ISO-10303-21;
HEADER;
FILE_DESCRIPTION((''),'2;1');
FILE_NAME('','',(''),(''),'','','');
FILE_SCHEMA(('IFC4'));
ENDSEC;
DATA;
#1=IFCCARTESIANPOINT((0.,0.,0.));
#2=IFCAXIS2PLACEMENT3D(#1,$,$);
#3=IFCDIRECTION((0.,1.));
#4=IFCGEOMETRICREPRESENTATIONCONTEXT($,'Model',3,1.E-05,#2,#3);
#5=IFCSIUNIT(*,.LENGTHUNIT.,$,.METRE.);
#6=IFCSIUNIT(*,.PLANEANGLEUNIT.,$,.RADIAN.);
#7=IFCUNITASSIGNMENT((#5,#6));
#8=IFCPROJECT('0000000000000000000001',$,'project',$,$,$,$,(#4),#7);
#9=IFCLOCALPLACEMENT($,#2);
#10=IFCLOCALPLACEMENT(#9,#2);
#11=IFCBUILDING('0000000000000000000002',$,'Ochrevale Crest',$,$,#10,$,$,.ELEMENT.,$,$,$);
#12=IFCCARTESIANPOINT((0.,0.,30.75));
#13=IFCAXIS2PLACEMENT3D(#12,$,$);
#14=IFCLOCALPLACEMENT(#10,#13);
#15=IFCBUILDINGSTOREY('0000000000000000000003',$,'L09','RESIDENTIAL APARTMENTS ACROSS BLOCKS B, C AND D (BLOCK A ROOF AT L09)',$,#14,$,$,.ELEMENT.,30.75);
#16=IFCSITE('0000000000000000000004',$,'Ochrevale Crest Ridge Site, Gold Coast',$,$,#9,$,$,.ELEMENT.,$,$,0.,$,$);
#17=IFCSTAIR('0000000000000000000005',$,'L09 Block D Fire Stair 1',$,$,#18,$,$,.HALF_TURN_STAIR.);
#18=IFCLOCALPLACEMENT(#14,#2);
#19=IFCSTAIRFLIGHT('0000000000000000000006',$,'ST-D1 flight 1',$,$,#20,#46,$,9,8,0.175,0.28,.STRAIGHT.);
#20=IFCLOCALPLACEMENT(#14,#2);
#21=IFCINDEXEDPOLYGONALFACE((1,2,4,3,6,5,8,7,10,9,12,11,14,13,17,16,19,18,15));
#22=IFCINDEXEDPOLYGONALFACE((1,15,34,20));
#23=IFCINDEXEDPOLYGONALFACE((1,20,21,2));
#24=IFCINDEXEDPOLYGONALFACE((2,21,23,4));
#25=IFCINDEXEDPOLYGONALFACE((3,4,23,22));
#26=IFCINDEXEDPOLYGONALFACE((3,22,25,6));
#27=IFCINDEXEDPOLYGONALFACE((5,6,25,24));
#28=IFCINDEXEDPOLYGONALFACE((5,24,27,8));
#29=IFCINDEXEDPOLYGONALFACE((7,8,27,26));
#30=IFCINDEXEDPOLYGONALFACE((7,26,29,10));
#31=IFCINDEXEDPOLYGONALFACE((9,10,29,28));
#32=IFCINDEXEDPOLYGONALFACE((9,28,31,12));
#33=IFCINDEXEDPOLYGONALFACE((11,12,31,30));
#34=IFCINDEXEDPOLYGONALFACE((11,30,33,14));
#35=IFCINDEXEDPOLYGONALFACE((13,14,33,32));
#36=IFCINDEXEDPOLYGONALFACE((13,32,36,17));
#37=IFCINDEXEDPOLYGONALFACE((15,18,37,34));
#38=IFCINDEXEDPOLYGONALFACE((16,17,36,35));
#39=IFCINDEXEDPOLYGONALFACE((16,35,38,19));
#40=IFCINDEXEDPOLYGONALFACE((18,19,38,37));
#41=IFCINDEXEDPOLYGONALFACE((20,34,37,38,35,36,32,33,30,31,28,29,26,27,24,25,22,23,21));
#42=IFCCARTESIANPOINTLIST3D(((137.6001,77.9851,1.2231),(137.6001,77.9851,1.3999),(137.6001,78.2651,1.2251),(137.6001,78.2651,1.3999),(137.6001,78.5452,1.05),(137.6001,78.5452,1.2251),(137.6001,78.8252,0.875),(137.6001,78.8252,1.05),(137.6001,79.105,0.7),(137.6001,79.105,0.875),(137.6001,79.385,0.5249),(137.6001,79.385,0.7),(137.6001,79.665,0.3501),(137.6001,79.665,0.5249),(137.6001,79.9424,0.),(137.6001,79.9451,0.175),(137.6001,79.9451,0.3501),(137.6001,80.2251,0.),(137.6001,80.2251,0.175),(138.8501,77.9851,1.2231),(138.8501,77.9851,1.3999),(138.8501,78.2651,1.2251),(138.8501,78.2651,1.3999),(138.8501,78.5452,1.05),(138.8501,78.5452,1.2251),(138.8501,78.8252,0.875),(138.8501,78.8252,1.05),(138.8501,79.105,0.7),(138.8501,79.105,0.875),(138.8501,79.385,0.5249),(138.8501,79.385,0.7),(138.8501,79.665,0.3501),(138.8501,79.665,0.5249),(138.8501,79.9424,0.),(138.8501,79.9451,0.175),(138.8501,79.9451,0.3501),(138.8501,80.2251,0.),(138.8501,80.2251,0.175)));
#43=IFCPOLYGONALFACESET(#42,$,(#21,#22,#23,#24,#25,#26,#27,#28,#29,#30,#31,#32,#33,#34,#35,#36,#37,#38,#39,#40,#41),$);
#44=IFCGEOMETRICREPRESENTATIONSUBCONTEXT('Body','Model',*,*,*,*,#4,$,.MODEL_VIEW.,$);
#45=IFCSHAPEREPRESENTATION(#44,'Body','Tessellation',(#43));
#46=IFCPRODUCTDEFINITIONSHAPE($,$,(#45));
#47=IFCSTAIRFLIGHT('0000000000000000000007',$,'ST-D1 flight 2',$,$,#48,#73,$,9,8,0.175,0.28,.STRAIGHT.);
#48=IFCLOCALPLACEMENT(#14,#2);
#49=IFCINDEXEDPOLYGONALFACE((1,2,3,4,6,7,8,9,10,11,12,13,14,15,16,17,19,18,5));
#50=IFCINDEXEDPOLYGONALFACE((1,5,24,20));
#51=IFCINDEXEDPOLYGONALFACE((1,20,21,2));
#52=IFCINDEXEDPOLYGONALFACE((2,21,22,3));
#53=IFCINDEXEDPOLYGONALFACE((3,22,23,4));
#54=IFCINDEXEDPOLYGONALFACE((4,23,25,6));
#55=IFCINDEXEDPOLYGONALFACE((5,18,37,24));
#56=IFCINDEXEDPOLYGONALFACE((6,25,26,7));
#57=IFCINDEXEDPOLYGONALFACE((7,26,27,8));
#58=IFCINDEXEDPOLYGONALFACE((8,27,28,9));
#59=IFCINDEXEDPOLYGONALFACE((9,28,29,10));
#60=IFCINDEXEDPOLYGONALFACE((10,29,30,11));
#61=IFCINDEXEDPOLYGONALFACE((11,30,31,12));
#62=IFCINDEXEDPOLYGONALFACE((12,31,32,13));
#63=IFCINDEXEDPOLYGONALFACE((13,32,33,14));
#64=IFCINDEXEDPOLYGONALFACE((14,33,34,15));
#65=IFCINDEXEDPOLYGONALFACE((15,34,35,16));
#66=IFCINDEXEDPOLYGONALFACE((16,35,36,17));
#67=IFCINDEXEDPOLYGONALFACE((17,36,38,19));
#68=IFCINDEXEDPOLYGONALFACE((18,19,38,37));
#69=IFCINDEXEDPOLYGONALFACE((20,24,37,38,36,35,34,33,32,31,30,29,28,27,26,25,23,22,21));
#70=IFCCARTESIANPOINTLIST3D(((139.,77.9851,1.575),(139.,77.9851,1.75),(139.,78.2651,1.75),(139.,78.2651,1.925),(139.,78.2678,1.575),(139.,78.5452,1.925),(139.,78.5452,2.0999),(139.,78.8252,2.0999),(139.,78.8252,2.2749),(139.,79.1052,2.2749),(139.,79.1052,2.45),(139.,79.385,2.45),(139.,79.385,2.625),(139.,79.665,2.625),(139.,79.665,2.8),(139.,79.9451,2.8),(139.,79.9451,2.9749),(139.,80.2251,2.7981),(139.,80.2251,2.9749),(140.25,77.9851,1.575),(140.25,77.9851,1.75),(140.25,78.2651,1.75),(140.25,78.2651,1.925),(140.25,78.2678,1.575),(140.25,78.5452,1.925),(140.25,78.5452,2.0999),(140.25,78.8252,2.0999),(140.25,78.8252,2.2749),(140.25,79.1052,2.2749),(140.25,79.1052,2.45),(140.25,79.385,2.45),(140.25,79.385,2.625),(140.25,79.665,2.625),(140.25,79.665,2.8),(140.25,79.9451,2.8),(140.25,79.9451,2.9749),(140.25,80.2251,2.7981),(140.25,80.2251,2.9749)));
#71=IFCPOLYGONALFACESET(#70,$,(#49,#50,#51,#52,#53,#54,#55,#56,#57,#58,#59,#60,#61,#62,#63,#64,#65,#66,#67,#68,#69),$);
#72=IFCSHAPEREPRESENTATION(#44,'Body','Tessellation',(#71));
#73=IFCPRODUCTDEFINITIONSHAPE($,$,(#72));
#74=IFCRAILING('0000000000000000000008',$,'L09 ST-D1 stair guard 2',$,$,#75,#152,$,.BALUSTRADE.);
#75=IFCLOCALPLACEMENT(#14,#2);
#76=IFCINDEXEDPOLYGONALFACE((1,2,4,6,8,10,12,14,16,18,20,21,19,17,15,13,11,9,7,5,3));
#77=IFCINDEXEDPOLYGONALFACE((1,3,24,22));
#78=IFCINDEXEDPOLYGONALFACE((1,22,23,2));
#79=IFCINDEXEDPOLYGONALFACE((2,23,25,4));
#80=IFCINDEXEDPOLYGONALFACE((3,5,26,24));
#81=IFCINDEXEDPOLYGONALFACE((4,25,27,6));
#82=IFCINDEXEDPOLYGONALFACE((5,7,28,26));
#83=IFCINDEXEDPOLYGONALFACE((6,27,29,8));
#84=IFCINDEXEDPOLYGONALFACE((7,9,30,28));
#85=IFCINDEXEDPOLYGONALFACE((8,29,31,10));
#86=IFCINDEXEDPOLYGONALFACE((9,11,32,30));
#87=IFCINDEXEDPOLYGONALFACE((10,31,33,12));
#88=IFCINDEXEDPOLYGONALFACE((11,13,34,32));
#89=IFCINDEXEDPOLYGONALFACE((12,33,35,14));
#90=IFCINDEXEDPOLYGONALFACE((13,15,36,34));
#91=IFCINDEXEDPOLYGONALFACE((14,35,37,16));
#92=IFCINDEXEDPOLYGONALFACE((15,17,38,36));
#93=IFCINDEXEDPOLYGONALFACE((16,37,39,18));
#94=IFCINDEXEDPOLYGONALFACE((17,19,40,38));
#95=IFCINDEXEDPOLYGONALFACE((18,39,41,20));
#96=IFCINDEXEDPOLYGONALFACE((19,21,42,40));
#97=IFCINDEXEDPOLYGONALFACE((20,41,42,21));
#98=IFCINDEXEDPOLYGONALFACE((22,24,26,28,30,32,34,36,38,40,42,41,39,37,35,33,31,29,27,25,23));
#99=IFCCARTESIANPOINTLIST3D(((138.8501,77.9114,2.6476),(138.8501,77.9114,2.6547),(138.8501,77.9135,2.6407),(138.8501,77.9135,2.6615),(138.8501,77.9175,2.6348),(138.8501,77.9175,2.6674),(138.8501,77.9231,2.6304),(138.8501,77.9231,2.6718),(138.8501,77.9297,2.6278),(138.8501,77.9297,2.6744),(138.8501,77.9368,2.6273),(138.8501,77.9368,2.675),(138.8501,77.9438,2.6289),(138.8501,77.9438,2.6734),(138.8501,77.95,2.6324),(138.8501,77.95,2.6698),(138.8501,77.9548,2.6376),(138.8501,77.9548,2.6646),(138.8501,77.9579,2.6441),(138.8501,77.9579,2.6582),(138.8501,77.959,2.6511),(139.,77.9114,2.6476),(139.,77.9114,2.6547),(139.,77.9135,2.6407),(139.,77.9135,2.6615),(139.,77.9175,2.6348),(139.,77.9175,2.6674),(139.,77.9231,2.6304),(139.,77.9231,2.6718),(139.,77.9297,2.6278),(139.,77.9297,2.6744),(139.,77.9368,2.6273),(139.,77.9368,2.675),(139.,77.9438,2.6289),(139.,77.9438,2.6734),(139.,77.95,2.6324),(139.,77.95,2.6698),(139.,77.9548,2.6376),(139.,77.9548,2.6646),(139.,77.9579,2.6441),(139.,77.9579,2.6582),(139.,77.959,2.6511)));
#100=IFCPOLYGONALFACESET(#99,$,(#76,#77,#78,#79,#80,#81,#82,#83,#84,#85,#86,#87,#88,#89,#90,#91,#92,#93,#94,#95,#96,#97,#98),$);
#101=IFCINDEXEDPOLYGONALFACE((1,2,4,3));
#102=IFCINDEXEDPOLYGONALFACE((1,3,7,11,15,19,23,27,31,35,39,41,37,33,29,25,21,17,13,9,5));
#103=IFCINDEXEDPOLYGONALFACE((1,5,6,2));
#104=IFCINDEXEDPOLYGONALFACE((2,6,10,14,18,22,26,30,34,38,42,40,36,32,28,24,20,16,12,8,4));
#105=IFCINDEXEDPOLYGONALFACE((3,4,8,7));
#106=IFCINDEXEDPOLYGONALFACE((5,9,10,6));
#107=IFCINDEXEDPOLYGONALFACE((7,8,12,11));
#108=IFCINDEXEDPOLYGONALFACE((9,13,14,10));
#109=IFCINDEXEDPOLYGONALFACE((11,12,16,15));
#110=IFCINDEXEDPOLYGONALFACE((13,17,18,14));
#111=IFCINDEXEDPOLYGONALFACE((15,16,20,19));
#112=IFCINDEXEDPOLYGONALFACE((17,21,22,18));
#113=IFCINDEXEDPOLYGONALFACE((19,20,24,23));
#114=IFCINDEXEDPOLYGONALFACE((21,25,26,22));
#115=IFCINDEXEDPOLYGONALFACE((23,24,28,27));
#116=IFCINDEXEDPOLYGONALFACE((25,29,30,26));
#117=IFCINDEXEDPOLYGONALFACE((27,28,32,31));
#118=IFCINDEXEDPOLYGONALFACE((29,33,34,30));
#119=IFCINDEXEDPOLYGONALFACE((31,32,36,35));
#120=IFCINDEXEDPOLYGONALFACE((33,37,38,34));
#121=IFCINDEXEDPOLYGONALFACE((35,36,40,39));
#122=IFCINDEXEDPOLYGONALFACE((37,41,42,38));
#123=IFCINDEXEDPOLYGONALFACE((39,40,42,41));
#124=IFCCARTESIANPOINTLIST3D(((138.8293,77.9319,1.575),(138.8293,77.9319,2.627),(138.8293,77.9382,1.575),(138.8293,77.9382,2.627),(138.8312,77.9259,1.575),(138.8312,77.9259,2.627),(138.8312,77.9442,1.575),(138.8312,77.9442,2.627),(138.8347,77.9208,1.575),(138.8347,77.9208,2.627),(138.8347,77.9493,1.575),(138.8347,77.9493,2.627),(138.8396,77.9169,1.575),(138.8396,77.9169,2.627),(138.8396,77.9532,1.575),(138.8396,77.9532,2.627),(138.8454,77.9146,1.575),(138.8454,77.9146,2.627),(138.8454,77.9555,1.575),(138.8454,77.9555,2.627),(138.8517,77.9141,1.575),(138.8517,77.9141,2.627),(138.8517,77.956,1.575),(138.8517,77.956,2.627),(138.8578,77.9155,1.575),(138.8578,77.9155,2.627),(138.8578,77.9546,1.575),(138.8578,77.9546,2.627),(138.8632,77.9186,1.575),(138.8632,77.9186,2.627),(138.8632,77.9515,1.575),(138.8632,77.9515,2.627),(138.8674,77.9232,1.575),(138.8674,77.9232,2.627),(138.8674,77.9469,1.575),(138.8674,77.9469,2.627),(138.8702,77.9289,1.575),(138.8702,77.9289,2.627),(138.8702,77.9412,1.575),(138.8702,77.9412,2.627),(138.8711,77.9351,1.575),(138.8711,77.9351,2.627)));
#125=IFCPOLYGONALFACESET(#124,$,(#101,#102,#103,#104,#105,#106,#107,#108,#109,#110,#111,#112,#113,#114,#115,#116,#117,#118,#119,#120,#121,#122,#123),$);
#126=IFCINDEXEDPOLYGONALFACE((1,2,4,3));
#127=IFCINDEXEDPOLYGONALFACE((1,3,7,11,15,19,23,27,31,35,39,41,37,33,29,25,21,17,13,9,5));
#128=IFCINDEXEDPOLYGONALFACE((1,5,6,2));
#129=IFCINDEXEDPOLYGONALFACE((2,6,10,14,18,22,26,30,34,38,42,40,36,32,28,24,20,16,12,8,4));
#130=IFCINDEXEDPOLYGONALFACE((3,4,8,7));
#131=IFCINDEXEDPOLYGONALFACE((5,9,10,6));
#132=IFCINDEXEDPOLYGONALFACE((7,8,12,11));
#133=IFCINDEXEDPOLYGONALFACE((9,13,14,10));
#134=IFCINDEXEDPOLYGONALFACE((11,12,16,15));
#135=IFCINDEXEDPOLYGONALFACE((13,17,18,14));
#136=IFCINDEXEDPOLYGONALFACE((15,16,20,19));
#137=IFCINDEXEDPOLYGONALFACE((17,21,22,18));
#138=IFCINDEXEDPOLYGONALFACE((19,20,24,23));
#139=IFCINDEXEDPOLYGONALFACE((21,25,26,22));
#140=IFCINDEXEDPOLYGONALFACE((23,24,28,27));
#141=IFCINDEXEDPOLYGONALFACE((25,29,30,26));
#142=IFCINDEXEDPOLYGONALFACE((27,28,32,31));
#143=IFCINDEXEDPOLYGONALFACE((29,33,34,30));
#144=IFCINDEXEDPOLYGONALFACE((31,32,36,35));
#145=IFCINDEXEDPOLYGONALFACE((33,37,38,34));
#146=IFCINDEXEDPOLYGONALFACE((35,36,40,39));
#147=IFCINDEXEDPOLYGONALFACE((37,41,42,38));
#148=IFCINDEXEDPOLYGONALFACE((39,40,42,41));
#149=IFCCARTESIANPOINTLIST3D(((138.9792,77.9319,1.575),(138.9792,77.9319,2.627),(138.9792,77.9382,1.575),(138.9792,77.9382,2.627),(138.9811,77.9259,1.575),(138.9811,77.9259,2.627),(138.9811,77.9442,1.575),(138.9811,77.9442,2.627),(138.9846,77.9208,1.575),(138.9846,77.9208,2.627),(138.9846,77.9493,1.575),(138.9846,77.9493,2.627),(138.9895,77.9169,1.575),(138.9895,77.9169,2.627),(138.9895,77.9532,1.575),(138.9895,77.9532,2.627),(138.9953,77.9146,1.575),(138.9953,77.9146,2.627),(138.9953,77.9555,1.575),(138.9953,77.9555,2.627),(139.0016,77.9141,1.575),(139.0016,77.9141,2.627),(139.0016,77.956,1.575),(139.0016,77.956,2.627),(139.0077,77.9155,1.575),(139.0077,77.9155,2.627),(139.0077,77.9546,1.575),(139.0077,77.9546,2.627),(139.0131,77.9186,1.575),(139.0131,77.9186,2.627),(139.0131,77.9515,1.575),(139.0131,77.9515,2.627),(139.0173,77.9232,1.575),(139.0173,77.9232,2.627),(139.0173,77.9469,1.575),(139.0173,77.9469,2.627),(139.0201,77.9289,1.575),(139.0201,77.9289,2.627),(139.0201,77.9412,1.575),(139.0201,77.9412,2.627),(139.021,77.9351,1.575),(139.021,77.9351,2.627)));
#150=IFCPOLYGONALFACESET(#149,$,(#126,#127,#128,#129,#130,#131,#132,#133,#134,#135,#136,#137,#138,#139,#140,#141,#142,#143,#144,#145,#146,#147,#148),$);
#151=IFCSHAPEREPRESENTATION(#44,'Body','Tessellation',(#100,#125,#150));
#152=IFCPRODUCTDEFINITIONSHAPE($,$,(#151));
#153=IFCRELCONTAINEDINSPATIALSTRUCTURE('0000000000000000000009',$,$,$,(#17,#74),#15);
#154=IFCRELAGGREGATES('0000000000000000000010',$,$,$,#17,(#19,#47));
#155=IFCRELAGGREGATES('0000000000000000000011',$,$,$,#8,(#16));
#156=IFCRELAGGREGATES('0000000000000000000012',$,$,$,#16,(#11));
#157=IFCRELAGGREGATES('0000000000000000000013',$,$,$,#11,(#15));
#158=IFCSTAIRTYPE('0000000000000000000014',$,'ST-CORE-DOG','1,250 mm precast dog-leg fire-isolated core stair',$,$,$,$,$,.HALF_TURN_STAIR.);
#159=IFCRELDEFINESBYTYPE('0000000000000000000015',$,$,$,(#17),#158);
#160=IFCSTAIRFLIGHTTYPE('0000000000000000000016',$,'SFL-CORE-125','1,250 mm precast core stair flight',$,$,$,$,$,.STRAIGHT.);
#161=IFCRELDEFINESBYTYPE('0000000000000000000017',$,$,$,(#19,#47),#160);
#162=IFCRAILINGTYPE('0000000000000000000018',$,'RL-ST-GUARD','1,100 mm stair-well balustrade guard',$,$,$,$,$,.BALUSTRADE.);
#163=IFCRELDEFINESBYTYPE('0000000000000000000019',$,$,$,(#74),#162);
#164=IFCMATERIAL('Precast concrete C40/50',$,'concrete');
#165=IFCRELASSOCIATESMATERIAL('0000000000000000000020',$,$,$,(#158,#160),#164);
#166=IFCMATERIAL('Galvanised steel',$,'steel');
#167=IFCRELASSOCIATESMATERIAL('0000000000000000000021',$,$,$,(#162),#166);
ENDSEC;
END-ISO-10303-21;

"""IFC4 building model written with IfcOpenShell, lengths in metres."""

from ifc_helpers import new_model, si_unit, direction, frame, origin, origin_2d, place, context, subcontext, project, spatial, polyline, circle, outline, extrude, material, type_object, element, aggregate, save


model = new_model("IFC4")

# Units and contexts
model_context = context("Model", 3, precision=1e-05, world=origin(), true_north=direction((0.0, 1.0)))
body_context = subcontext(model_context, "Body", "Model", "MODEL_VIEW")
ifc_project = project(units=[si_unit("LENGTHUNIT", "METRE"), si_unit("PLANEANGLEUNIT", "RADIAN")], contexts=[model_context])

# Site, building, storey
site_placement = place(None, origin())
site = spatial("IfcSite", under=ifc_project, at=site_placement, Name="Ochrevale Crest Ridge Site, Gold Coast", CompositionType="ELEMENT", RefElevation=0.0)
building_placement = place(site_placement, origin())
building = spatial("IfcBuilding", under=site, at=building_placement, Name="Ochrevale Crest", CompositionType="ELEMENT")
storey_placement = place(building_placement, frame((0.0, 0.0, 30.75)))
storey = spatial("IfcBuildingStorey", under=building, at=storey_placement, Name="L09", Description="RESIDENTIAL APARTMENTS ACROSS BLOCKS B, C AND D (BLOCK A ROOF AT L09)", CompositionType="ELEMENT", Elevation=30.75)

# Shared definitions
ifc_material_1 = material(Name="Precast concrete C40/50", Category="concrete")

# Stair, stair flights
stair_type = type_object("IfcStairType", Name="ST-CORE-DOG", Description="1,250 mm precast dog-leg fire-isolated core stair", PredefinedType="HALF_TURN_STAIR", material=ifc_material_1)
stair_placement = place(storey_placement, origin())
stair = element("IfcStair", 1, at=stair_placement, inside=storey, type_object=stair_type, Name="L09 Block D Fire Stair 1", PredefinedType="HALF_TURN_STAIR")
stair_flight_type = type_object("IfcStairFlightType", Name="SFL-CORE-125", Description="1,250 mm precast core stair flight", PredefinedType="STRAIGHT", material=ifc_material_1)
stair_flight_1_placement = place(storey_placement, frame((138.2251, 80.2251, 0.0), z_axis=(0.0, 0.0, 1.0), x_axis=(0.0, -1.0, 0.0)))
stair_flight_1 = element("IfcStairFlight", 2, at=stair_flight_1_placement, type_object=stair_flight_type, Name="ST-D1 flight 1", NumberOfRisers=9, NumberOfTreads=8, PredefinedType="STRAIGHT", RiserHeight=0.175, TreadLength=0.28, context=body_context, shape_type="SweptSolid", body=[
    extrude(outline(polyline([(0.0, 0.0), (0.0, 0.175), (0.28, 0.175), (0.28, 0.3501), (0.5601, 0.3501), (0.5601, 0.5249), (0.8401, 0.5249), (0.8401, 0.7), (1.1201, 0.7), (1.1201, 0.875), (1.3999, 0.875), (1.3999, 1.05), (1.6799, 1.05), (1.6799, 1.2251), (1.96, 1.2251), (1.96, 1.3999), (2.24, 1.3999), (2.24, 1.575), (2.24, 1.2231), (0.2827, 0.0), (0.0, 0.0)])), frame((0.0, 0.625, 0.0), z_axis=(0.0, -1.0, 0.0), x_axis=(1.0, 0.0, 0.0)), (0.0, 0.0, 1.0), 1.25),
])
stair_flight_2_placement = place(storey_placement, frame((139.625, 77.9851, 1.575), z_axis=(0.0, 0.0, 1.0), x_axis=(0.0, 1.0, 0.0)))
stair_flight_2 = element("IfcStairFlight", 3, at=stair_flight_2_placement, type_object=stair_flight_type, Name="ST-D1 flight 2", NumberOfRisers=9, NumberOfTreads=8, PredefinedType="STRAIGHT", RiserHeight=0.175, TreadLength=0.28, context=body_context, shape_type="SweptSolid", body=[
    extrude(outline(polyline([(0.0, 0.0), (0.0, 0.175), (0.28, 0.175), (0.28, 0.3501), (0.5601, 0.3501), (0.5601, 0.5249), (0.8401, 0.5249), (0.8401, 0.7), (1.1201, 0.7), (1.1201, 0.875), (1.3999, 0.875), (1.3999, 1.05), (1.6799, 1.05), (1.6799, 1.2251), (1.96, 1.2251), (1.96, 1.3999), (2.24, 1.3999), (2.24, 1.575), (2.24, 1.2231), (0.2827, 0.0), (0.0, 0.0)])), frame((0.0, 0.625, 0.0), z_axis=(0.0, -1.0, 0.0), x_axis=(1.0, 0.0, 0.0)), (0.0, 0.0, 1.0), 1.25),
])
aggregate(stair, [stair_flight_1, stair_flight_2])

# Railing
ifc_material_2 = material(Name="Galvanised steel", Category="steel")
railing_type_1 = type_object("IfcRailingType", Name="RL-ST-GUARD", Description="1,100 mm stair-well balustrade guard", PredefinedType="BALUSTRADE", material=ifc_material_2)
railing_1_placement = place(storey_placement, frame((138.8501, 77.9351, 1.575)))
element("IfcRailing", 4, at=railing_1_placement, inside=storey, type_object=railing_type_1, Name="L09 ST-D1 stair guard 2", PredefinedType="BALUSTRADE", context=body_context, shape_type="SweptSolid", body=[
    extrude(circle(Radius=0.0239, at=origin_2d()), frame((0.0, 0.0, 1.0762), z_axis=(1.0, 0.0, 0.0), x_axis=(0.0, 1.0, 0.0)), (0.0, 0.0, 1.0), 0.1499),
    extrude(circle(Radius=0.021, at=origin_2d()), origin(), (0.0, 0.0, 1.0), 1.052),
    extrude(circle(Radius=0.021, at=origin_2d()), frame((0.1499, 0.0, 0.0)), (0.0, 0.0, 1.0), 1.052),
])

save(model, "model.ifc")
